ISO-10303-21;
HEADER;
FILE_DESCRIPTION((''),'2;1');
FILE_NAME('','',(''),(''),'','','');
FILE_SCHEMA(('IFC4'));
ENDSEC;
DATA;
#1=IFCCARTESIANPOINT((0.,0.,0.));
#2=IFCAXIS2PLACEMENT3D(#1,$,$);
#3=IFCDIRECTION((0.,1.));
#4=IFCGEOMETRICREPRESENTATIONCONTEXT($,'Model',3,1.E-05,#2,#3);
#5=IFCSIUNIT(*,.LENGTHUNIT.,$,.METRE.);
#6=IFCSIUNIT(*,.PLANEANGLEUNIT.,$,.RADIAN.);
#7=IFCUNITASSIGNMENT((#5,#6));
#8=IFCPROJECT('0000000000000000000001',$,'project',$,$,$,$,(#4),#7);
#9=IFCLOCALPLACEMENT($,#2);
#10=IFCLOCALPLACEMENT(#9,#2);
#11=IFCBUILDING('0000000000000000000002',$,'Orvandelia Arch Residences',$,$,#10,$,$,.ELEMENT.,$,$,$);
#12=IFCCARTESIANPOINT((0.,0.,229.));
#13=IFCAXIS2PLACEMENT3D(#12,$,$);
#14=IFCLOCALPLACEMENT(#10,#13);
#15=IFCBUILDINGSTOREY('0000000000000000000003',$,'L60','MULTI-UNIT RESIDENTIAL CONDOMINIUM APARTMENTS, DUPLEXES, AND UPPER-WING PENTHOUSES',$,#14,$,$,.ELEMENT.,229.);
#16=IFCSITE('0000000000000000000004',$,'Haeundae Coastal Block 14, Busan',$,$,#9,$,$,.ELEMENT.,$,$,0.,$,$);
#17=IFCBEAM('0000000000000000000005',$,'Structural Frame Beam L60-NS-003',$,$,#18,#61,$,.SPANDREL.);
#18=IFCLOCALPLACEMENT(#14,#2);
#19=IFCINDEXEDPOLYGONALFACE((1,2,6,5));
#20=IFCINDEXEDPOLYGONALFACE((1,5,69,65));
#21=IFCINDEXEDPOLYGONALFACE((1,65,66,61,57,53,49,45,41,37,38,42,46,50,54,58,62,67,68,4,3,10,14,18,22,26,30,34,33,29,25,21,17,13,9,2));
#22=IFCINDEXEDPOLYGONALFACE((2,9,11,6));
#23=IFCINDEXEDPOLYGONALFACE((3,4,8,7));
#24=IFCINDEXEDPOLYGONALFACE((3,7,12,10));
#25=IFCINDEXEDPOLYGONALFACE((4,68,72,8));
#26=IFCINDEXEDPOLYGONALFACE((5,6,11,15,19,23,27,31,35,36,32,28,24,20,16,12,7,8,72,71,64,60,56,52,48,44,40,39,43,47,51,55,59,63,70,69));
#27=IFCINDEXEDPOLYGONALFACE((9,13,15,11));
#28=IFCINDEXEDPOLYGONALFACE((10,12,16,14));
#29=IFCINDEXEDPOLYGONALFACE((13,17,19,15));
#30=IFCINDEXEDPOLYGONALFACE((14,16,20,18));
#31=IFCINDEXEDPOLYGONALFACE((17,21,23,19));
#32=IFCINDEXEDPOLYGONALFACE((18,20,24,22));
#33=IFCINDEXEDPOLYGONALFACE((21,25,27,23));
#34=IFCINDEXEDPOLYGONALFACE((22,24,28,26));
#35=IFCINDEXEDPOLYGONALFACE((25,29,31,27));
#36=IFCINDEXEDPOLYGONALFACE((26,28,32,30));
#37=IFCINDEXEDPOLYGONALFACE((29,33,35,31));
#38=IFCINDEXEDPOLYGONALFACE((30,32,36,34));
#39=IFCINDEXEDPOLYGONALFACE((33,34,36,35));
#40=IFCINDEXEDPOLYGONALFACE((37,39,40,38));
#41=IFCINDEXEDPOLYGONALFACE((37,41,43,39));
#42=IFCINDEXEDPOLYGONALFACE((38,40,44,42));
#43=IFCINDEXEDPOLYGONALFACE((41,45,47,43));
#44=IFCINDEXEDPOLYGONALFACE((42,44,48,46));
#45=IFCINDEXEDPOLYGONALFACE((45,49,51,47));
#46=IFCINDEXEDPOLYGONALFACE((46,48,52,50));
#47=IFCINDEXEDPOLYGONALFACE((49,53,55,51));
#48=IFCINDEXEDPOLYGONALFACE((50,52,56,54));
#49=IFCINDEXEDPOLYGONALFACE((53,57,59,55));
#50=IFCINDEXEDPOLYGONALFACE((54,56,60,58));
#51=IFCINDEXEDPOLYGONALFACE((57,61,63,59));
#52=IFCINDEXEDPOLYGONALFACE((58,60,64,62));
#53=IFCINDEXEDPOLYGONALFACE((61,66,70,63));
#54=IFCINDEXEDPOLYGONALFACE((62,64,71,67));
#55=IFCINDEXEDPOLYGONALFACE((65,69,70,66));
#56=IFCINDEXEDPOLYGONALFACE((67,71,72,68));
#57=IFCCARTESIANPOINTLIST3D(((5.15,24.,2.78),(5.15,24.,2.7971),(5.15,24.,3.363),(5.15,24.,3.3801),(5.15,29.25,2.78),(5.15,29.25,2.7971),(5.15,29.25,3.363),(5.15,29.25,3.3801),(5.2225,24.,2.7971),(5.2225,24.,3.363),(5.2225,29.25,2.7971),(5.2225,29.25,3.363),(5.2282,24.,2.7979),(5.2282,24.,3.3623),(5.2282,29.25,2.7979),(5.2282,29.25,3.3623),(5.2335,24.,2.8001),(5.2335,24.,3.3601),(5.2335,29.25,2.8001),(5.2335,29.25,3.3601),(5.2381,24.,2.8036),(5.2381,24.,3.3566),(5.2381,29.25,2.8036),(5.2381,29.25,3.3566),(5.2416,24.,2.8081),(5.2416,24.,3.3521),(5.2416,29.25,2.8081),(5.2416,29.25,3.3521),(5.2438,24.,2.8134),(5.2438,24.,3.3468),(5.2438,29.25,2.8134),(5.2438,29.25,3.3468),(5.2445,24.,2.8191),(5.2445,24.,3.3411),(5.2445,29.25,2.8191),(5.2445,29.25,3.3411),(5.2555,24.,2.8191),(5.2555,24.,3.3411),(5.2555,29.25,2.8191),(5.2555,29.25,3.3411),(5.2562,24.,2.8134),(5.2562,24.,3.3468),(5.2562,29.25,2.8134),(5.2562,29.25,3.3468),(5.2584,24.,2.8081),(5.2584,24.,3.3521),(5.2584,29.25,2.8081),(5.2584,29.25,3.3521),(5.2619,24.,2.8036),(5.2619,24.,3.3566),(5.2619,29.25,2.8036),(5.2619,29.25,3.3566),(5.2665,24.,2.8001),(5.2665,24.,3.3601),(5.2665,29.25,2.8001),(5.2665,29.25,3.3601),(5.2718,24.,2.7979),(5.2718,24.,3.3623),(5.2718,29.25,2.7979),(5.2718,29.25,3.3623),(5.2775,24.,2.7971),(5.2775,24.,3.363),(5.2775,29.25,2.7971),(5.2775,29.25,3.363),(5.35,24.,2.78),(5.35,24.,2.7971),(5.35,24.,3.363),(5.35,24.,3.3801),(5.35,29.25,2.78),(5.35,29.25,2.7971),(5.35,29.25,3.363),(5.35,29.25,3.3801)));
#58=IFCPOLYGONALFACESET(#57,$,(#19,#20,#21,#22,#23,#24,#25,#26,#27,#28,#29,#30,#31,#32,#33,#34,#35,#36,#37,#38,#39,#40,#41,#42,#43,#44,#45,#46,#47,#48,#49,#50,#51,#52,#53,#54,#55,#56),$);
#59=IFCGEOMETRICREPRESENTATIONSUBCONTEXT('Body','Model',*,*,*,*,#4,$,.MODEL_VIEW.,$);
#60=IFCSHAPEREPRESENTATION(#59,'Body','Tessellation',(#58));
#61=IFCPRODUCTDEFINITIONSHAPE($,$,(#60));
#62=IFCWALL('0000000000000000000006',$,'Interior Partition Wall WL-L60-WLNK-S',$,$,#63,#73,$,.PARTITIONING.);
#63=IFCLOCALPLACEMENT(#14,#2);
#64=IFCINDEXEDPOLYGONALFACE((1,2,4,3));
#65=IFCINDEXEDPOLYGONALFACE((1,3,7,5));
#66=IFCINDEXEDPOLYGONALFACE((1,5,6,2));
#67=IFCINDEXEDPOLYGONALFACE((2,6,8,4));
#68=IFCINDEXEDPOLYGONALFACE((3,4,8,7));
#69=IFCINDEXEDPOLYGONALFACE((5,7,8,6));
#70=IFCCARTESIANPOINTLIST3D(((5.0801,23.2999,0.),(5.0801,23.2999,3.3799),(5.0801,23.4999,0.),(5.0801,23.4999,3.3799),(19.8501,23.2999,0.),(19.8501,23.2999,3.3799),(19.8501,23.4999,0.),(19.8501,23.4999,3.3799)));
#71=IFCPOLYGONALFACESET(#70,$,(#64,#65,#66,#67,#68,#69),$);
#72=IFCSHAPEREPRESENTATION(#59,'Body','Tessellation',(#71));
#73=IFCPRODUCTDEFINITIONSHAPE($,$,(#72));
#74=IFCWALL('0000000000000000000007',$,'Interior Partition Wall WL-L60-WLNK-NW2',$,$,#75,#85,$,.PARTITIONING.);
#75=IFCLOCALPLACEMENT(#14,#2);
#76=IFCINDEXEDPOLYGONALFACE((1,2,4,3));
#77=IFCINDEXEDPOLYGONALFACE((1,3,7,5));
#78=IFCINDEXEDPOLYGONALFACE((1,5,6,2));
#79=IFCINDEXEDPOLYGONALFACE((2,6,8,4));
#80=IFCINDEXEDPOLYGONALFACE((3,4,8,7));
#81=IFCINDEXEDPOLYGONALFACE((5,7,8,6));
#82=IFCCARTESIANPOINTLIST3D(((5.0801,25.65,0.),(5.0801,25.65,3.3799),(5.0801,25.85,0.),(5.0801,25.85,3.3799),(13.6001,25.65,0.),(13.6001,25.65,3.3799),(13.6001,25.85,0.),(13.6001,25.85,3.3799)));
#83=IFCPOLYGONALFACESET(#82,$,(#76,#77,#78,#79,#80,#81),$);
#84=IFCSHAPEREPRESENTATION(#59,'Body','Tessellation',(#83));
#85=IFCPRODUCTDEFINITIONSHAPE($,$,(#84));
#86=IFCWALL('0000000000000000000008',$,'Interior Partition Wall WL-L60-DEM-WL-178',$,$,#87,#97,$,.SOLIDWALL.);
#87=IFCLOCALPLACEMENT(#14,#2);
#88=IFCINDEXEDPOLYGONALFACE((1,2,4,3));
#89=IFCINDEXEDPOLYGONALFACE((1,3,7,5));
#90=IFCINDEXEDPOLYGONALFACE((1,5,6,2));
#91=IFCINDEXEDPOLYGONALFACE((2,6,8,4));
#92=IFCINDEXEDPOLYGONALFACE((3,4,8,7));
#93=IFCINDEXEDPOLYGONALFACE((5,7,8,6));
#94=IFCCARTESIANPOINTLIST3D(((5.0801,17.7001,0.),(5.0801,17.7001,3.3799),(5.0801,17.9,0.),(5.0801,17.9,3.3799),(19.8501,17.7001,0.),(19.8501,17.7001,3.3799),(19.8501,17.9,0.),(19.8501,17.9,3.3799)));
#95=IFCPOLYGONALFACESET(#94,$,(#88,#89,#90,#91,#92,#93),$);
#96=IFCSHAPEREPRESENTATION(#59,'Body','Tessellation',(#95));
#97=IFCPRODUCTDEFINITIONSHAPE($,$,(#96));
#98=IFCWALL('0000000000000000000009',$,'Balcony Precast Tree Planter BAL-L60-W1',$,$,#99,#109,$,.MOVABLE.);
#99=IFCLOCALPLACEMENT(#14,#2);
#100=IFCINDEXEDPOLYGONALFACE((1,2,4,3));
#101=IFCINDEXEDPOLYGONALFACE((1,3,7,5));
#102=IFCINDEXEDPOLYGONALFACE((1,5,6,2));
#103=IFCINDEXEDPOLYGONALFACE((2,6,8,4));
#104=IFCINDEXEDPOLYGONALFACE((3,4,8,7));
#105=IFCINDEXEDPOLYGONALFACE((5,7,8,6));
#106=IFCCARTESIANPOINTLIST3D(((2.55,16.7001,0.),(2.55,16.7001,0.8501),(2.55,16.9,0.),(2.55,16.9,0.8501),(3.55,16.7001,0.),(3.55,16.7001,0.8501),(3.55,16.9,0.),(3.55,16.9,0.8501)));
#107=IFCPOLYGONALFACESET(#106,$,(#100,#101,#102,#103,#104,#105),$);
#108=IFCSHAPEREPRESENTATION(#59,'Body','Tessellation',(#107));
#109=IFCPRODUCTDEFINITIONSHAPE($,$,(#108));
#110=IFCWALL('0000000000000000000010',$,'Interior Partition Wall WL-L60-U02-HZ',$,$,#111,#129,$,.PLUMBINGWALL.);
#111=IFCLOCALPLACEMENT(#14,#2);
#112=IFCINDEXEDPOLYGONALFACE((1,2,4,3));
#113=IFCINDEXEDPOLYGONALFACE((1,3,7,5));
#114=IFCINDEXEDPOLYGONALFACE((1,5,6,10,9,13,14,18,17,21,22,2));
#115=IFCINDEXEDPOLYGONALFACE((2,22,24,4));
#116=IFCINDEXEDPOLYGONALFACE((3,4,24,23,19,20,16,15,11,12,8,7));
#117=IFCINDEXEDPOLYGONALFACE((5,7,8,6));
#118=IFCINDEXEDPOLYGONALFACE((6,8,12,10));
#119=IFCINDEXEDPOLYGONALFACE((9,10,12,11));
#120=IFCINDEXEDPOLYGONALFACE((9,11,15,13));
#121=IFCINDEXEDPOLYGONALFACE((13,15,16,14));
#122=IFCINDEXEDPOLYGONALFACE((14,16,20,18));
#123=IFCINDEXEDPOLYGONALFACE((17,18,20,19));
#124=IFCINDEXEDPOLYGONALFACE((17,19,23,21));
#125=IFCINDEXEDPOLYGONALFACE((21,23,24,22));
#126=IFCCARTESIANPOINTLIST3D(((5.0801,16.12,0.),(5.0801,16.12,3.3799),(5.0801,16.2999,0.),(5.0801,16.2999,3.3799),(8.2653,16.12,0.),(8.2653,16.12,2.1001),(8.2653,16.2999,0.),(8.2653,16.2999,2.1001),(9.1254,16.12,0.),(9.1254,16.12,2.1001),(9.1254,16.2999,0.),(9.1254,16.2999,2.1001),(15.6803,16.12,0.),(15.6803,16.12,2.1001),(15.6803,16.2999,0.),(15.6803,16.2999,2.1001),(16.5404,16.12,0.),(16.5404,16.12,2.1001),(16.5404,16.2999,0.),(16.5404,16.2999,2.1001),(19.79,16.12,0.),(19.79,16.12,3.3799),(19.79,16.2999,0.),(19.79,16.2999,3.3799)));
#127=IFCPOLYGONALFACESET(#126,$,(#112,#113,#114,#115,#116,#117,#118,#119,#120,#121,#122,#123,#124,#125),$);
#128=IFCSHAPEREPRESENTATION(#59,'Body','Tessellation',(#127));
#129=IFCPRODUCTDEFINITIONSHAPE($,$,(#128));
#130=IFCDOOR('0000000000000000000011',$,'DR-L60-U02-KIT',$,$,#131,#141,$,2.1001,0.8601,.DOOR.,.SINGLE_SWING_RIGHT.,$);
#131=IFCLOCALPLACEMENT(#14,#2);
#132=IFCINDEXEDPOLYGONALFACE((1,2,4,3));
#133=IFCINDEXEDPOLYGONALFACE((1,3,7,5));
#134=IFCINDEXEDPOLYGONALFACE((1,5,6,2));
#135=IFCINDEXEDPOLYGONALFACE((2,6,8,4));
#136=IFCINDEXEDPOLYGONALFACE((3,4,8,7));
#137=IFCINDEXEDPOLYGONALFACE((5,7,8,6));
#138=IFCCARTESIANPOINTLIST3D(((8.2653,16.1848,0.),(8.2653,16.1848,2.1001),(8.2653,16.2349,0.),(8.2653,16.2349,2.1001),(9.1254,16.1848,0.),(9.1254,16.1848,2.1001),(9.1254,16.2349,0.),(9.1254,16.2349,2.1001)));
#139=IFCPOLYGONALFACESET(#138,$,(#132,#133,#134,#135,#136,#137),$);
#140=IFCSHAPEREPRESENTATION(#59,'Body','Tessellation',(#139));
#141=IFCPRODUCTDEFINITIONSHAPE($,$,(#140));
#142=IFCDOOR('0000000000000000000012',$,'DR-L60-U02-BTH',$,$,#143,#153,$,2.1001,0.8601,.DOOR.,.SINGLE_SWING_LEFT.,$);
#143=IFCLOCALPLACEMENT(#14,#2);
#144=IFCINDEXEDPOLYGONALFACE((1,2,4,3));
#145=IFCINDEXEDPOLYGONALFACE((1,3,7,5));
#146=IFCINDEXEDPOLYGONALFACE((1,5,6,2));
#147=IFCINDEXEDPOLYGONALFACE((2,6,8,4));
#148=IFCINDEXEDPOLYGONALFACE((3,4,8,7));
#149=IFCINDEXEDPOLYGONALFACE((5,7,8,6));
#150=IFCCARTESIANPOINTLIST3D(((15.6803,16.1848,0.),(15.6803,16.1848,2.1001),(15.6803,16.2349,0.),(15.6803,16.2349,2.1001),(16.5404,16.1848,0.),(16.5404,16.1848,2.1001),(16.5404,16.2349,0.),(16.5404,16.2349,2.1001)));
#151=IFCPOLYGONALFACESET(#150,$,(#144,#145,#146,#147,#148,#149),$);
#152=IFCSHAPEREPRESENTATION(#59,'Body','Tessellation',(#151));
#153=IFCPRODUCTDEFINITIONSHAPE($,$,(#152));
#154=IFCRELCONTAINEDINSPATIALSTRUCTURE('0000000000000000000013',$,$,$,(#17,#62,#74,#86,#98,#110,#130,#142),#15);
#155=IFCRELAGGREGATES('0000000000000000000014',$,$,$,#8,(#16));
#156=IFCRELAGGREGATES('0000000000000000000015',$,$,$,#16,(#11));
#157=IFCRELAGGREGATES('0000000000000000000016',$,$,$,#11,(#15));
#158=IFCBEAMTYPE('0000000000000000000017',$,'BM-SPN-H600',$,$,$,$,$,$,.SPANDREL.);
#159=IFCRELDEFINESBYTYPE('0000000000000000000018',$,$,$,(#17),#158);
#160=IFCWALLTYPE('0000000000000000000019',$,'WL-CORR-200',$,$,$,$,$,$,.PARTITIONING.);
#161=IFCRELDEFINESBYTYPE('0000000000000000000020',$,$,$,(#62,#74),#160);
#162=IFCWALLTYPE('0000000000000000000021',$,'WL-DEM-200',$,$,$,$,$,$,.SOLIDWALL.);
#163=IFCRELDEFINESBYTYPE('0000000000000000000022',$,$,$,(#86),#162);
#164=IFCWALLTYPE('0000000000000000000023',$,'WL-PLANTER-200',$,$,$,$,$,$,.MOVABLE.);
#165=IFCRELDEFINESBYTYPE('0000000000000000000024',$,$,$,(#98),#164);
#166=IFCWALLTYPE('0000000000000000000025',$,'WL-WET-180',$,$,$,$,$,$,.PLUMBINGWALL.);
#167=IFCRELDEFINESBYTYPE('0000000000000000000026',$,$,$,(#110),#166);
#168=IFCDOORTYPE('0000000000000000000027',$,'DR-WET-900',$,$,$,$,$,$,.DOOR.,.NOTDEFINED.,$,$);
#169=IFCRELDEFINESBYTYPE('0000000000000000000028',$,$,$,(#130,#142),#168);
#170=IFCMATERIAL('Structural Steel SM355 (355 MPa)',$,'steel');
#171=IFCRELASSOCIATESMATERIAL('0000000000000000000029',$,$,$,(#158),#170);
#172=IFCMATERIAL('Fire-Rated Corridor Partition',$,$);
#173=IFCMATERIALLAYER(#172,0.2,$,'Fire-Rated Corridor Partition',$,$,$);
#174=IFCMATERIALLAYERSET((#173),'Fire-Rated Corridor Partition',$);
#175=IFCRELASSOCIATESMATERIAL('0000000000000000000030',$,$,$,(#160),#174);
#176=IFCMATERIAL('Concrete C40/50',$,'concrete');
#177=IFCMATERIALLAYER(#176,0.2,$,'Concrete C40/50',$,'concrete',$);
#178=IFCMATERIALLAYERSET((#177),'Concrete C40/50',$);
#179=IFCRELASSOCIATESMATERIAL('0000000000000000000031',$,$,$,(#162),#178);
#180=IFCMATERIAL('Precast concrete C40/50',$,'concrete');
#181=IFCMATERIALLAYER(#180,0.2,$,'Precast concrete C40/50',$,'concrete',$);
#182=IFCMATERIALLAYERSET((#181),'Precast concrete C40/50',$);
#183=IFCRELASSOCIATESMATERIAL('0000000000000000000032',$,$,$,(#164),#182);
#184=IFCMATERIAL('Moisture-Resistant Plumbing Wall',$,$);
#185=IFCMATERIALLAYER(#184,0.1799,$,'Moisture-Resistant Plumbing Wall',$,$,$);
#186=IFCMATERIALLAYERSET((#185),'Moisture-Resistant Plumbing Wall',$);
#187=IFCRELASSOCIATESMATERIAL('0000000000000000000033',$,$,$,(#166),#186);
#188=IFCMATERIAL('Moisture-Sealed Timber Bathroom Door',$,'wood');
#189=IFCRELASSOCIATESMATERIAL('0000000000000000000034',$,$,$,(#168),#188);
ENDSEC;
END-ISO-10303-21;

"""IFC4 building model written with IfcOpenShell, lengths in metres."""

from ifc_helpers import new_model, si_unit, direction, frame, frame_2d, origin, origin_2d, place, context, subcontext, project, spatial, rectangle, i_section, extrude, material, layer, layer_set, material_profile, profile_set, type_object, element, fill, save


model = new_model("IFC4")

# Units and contexts
model_context = context("Model", 3, precision=1e-05, world=origin(), true_north=direction((0.0, 1.0)))
body_context = subcontext(model_context, "Body", "Model", "MODEL_VIEW")
ifc_project = project(units=[si_unit("LENGTHUNIT", "METRE"), si_unit("PLANEANGLEUNIT", "RADIAN")], contexts=[model_context])

# Site, building, storey
site_placement = place(None, origin())
site = spatial("IfcSite", under=ifc_project, at=site_placement, Name="Haeundae Coastal Block 14, Busan", CompositionType="ELEMENT", RefElevation=0.0)
building_placement = place(site_placement, origin())
building = spatial("IfcBuilding", under=site, at=building_placement, Name="Orvandelia Arch Residences", CompositionType="ELEMENT")
storey_placement = place(building_placement, frame((0.0, 0.0, 229.0)))
storey = spatial("IfcBuildingStorey", under=building, at=storey_placement, Name="L60", Description="MULTI-UNIT RESIDENTIAL CONDOMINIUM APARTMENTS, DUPLEXES, AND UPPER-WING PENTHOUSES", CompositionType="ELEMENT", Elevation=229.0)

# Beam
ifc_material_1 = material(Name="Structural Steel SM355 (355 MPa)", Category="steel")
ifc_material_profile_1 = material_profile(ifc_material_1, i_section(OverallWidth=0.2, OverallDepth=0.6001, WebThickness=0.011, FlangeThickness=0.0171, FilletRadius=0.022, at=origin_2d()), Name="Structural Steel SM355 (355 MPa)", Category="steel")
ifc_profile_set_1 = profile_set([ifc_material_profile_1], Name="Structural Steel SM355 (355 MPa)")
beam_type_1 = type_object("IfcBeamType", Name="BM-SPN-H600", PredefinedType="SPANDREL", material=ifc_profile_set_1)
beam_1_placement = place(storey_placement, frame((5.25, 24.0, 3.0801), z_axis=(0.0, 1.0, 0.0), x_axis=(-1.0, 0.0, 0.0)))
element("IfcBeam", 1, at=beam_1_placement, inside=storey, type_object=beam_type_1, Name="Structural Frame Beam L60-NS-003", PredefinedType="SPANDREL", context=body_context, shape_type="SweptSolid", body=[
    extrude(i_section(OverallWidth=0.2, OverallDepth=0.6001, WebThickness=0.011, FlangeThickness=0.0171, FilletRadius=0.022, at=origin_2d()), origin(), (0.0, 0.0, 1.0), 5.25),
])

# Walls
ifc_material_2 = material(Name="Fire-Rated Corridor Partition")
ifc_layer_1 = layer(ifc_material_2, 0.2, Name="Fire-Rated Corridor Partition")
ifc_layer_set_1 = layer_set([ifc_layer_1], Name="Fire-Rated Corridor Partition")
wall_type_1 = type_object("IfcWallType", Name="WL-CORR-200", PredefinedType="PARTITIONING", material=ifc_layer_set_1)
wall_1_placement = place(storey_placement, frame((5.0801, 23.3999, 0.0), z_axis=(0.0, 0.0, 1.0), x_axis=(1.0, 0.0, 0.0)))
element("IfcWall", 2, at=wall_1_placement, inside=storey, type_object=wall_type_1, Name="Interior Partition Wall WL-L60-WLNK-S", PredefinedType="PARTITIONING", context=body_context, shape_type="SweptSolid", body=[
    extrude(rectangle(XDim=14.77, YDim=0.2, at=frame_2d((7.385, 0.0))), origin(), (0.0, 0.0, 1.0), 3.3799),
])
wall_2_placement = place(storey_placement, frame((5.0801, 25.75, 0.0), z_axis=(0.0, 0.0, 1.0), x_axis=(1.0, 0.0, 0.0)))
element("IfcWall", 3, at=wall_2_placement, inside=storey, type_object=wall_type_1, Name="Interior Partition Wall WL-L60-WLNK-NW2", PredefinedType="PARTITIONING", context=body_context, shape_type="SweptSolid", body=[
    extrude(rectangle(XDim=8.52, YDim=0.2, at=frame_2d((4.26, 0.0))), origin(), (0.0, 0.0, 1.0), 3.3799),
])
ifc_material_3 = material(Name="Concrete C40/50", Category="concrete")
ifc_layer_2 = layer(ifc_material_3, 0.2, Name="Concrete C40/50", Category="concrete")
ifc_layer_set_2 = layer_set([ifc_layer_2], Name="Concrete C40/50")
wall_type_2 = type_object("IfcWallType", Name="WL-DEM-200", PredefinedType="SOLIDWALL", material=ifc_layer_set_2)
wall_3_placement = place(storey_placement, frame((5.0801, 17.8, 0.0), z_axis=(0.0, 0.0, 1.0), x_axis=(1.0, 0.0, 0.0)))
element("IfcWall", 4, at=wall_3_placement, inside=storey, type_object=wall_type_2, Name="Interior Partition Wall WL-L60-DEM-WL-178", PredefinedType="SOLIDWALL", context=body_context, shape_type="SweptSolid", body=[
    extrude(rectangle(XDim=14.77, YDim=0.2, at=frame_2d((7.385, 0.0))), origin(), (0.0, 0.0, 1.0), 3.3799),
])
ifc_material_4 = material(Name="Precast concrete C40/50", Category="concrete")
ifc_layer_3 = layer(ifc_material_4, 0.2, Name="Precast concrete C40/50", Category="concrete")
ifc_layer_set_3 = layer_set([ifc_layer_3], Name="Precast concrete C40/50")
wall_type_3 = type_object("IfcWallType", Name="WL-PLANTER-200", PredefinedType="MOVABLE", material=ifc_layer_set_3)
wall_4_placement = place(storey_placement, frame((2.55, 16.8, 0.0), z_axis=(0.0, 0.0, 1.0), x_axis=(1.0, 0.0, 0.0)))
element("IfcWall", 5, at=wall_4_placement, inside=storey, type_object=wall_type_3, Name="Balcony Precast Tree Planter BAL-L60-W1", PredefinedType="MOVABLE", context=body_context, shape_type="SweptSolid", body=[
    extrude(rectangle(XDim=1.0, YDim=0.2, at=frame_2d((0.5, 0.0))), origin(), (0.0, 0.0, 1.0), 0.8501),
])

# Wall, openings, doors
ifc_material_5 = material(Name="Moisture-Resistant Plumbing Wall")
ifc_layer_4 = layer(ifc_material_5, 0.1799, Name="Moisture-Resistant Plumbing Wall")
ifc_layer_set_4 = layer_set([ifc_layer_4], Name="Moisture-Resistant Plumbing Wall")
wall_type_4 = type_object("IfcWallType", Name="WL-WET-180", PredefinedType="PLUMBINGWALL", material=ifc_layer_set_4)
wall_5_placement = place(storey_placement, frame((5.0801, 16.21, 0.0), z_axis=(0.0, 0.0, 1.0), x_axis=(1.0, 0.0, 0.0)))
wall_5 = element("IfcWall", 6, at=wall_5_placement, inside=storey, type_object=wall_type_4, Name="Interior Partition Wall WL-L60-U02-HZ", PredefinedType="PLUMBINGWALL", context=body_context, shape_type="SweptSolid", body=[
    extrude(rectangle(XDim=14.71, YDim=0.1799, at=frame_2d((7.355, 0.0))), origin(), (0.0, 0.0, 1.0), 3.3799),
])
opening_1_placement = place(wall_5_placement, frame((3.1851, 0.0, 0.0)))
opening_1 = element("IfcOpeningElement", 7, at=opening_1_placement, cuts=wall_5, PredefinedType="OPENING", context=body_context, shape_type="SweptSolid", body=[
    extrude(rectangle(XDim=0.8601, YDim=2.1001, at=frame_2d((0.4302, 1.05))), frame((0.0, 0.1001, 0.0), z_axis=(0.0, -1.0, 0.0), x_axis=(1.0, 0.0, 0.0)), (0.0, 0.0, 1.0), 0.2),
])
opening_2_placement = place(wall_5_placement, frame((10.6001, 0.0, 0.0)))
opening_2 = element("IfcOpeningElement", 8, at=opening_2_placement, cuts=wall_5, PredefinedType="OPENING", context=body_context, shape_type="SweptSolid", body=[
    extrude(rectangle(XDim=0.8601, YDim=2.1001, at=frame_2d((0.4302, 1.05))), frame((0.0, 0.1001, 0.0), z_axis=(0.0, -1.0, 0.0), x_axis=(1.0, 0.0, 0.0)), (0.0, 0.0, 1.0), 0.2),
])
ifc_material_6 = material(Name="Moisture-Sealed Timber Bathroom Door", Category="wood")
door_type = type_object("IfcDoorType", Name="DR-WET-900", OperationType="NOTDEFINED", PredefinedType="DOOR", material=ifc_material_6)
door_1_placement = place(opening_1_placement, origin())
door_1 = element("IfcDoor", 9, at=door_1_placement, inside=storey, type_object=door_type, Name="DR-L60-U02-KIT", OperationType="SINGLE_SWING_RIGHT", OverallHeight=2.1001, OverallWidth=0.8601, PredefinedType="DOOR", context=body_context, shape_type="SweptSolid", body=[
    extrude(rectangle(XDim=0.8601, YDim=2.1001, at=frame_2d((0.4302, 1.05))), frame((0.0, 0.0249, 0.0), z_axis=(0.0, -1.0, 0.0), x_axis=(1.0, 0.0, 0.0)), (0.0, 0.0, 1.0), 0.05),
])
fill(opening_1, door_1)
door_2_placement = place(opening_2_placement, origin())
door_2 = element("IfcDoor", 10, at=door_2_placement, inside=storey, type_object=door_type, Name="DR-L60-U02-BTH", OperationType="SINGLE_SWING_LEFT", OverallHeight=2.1001, OverallWidth=0.8601, PredefinedType="DOOR", context=body_context, shape_type="SweptSolid", body=[
    extrude(rectangle(XDim=0.8601, YDim=2.1001, at=frame_2d((0.4302, 1.05))), frame((0.0, 0.0249, 0.0), z_axis=(0.0, -1.0, 0.0), x_axis=(1.0, 0.0, 0.0)), (0.0, 0.0, 1.0), 0.05),
])
fill(opening_2, door_2)

save(model, "model.ifc")
